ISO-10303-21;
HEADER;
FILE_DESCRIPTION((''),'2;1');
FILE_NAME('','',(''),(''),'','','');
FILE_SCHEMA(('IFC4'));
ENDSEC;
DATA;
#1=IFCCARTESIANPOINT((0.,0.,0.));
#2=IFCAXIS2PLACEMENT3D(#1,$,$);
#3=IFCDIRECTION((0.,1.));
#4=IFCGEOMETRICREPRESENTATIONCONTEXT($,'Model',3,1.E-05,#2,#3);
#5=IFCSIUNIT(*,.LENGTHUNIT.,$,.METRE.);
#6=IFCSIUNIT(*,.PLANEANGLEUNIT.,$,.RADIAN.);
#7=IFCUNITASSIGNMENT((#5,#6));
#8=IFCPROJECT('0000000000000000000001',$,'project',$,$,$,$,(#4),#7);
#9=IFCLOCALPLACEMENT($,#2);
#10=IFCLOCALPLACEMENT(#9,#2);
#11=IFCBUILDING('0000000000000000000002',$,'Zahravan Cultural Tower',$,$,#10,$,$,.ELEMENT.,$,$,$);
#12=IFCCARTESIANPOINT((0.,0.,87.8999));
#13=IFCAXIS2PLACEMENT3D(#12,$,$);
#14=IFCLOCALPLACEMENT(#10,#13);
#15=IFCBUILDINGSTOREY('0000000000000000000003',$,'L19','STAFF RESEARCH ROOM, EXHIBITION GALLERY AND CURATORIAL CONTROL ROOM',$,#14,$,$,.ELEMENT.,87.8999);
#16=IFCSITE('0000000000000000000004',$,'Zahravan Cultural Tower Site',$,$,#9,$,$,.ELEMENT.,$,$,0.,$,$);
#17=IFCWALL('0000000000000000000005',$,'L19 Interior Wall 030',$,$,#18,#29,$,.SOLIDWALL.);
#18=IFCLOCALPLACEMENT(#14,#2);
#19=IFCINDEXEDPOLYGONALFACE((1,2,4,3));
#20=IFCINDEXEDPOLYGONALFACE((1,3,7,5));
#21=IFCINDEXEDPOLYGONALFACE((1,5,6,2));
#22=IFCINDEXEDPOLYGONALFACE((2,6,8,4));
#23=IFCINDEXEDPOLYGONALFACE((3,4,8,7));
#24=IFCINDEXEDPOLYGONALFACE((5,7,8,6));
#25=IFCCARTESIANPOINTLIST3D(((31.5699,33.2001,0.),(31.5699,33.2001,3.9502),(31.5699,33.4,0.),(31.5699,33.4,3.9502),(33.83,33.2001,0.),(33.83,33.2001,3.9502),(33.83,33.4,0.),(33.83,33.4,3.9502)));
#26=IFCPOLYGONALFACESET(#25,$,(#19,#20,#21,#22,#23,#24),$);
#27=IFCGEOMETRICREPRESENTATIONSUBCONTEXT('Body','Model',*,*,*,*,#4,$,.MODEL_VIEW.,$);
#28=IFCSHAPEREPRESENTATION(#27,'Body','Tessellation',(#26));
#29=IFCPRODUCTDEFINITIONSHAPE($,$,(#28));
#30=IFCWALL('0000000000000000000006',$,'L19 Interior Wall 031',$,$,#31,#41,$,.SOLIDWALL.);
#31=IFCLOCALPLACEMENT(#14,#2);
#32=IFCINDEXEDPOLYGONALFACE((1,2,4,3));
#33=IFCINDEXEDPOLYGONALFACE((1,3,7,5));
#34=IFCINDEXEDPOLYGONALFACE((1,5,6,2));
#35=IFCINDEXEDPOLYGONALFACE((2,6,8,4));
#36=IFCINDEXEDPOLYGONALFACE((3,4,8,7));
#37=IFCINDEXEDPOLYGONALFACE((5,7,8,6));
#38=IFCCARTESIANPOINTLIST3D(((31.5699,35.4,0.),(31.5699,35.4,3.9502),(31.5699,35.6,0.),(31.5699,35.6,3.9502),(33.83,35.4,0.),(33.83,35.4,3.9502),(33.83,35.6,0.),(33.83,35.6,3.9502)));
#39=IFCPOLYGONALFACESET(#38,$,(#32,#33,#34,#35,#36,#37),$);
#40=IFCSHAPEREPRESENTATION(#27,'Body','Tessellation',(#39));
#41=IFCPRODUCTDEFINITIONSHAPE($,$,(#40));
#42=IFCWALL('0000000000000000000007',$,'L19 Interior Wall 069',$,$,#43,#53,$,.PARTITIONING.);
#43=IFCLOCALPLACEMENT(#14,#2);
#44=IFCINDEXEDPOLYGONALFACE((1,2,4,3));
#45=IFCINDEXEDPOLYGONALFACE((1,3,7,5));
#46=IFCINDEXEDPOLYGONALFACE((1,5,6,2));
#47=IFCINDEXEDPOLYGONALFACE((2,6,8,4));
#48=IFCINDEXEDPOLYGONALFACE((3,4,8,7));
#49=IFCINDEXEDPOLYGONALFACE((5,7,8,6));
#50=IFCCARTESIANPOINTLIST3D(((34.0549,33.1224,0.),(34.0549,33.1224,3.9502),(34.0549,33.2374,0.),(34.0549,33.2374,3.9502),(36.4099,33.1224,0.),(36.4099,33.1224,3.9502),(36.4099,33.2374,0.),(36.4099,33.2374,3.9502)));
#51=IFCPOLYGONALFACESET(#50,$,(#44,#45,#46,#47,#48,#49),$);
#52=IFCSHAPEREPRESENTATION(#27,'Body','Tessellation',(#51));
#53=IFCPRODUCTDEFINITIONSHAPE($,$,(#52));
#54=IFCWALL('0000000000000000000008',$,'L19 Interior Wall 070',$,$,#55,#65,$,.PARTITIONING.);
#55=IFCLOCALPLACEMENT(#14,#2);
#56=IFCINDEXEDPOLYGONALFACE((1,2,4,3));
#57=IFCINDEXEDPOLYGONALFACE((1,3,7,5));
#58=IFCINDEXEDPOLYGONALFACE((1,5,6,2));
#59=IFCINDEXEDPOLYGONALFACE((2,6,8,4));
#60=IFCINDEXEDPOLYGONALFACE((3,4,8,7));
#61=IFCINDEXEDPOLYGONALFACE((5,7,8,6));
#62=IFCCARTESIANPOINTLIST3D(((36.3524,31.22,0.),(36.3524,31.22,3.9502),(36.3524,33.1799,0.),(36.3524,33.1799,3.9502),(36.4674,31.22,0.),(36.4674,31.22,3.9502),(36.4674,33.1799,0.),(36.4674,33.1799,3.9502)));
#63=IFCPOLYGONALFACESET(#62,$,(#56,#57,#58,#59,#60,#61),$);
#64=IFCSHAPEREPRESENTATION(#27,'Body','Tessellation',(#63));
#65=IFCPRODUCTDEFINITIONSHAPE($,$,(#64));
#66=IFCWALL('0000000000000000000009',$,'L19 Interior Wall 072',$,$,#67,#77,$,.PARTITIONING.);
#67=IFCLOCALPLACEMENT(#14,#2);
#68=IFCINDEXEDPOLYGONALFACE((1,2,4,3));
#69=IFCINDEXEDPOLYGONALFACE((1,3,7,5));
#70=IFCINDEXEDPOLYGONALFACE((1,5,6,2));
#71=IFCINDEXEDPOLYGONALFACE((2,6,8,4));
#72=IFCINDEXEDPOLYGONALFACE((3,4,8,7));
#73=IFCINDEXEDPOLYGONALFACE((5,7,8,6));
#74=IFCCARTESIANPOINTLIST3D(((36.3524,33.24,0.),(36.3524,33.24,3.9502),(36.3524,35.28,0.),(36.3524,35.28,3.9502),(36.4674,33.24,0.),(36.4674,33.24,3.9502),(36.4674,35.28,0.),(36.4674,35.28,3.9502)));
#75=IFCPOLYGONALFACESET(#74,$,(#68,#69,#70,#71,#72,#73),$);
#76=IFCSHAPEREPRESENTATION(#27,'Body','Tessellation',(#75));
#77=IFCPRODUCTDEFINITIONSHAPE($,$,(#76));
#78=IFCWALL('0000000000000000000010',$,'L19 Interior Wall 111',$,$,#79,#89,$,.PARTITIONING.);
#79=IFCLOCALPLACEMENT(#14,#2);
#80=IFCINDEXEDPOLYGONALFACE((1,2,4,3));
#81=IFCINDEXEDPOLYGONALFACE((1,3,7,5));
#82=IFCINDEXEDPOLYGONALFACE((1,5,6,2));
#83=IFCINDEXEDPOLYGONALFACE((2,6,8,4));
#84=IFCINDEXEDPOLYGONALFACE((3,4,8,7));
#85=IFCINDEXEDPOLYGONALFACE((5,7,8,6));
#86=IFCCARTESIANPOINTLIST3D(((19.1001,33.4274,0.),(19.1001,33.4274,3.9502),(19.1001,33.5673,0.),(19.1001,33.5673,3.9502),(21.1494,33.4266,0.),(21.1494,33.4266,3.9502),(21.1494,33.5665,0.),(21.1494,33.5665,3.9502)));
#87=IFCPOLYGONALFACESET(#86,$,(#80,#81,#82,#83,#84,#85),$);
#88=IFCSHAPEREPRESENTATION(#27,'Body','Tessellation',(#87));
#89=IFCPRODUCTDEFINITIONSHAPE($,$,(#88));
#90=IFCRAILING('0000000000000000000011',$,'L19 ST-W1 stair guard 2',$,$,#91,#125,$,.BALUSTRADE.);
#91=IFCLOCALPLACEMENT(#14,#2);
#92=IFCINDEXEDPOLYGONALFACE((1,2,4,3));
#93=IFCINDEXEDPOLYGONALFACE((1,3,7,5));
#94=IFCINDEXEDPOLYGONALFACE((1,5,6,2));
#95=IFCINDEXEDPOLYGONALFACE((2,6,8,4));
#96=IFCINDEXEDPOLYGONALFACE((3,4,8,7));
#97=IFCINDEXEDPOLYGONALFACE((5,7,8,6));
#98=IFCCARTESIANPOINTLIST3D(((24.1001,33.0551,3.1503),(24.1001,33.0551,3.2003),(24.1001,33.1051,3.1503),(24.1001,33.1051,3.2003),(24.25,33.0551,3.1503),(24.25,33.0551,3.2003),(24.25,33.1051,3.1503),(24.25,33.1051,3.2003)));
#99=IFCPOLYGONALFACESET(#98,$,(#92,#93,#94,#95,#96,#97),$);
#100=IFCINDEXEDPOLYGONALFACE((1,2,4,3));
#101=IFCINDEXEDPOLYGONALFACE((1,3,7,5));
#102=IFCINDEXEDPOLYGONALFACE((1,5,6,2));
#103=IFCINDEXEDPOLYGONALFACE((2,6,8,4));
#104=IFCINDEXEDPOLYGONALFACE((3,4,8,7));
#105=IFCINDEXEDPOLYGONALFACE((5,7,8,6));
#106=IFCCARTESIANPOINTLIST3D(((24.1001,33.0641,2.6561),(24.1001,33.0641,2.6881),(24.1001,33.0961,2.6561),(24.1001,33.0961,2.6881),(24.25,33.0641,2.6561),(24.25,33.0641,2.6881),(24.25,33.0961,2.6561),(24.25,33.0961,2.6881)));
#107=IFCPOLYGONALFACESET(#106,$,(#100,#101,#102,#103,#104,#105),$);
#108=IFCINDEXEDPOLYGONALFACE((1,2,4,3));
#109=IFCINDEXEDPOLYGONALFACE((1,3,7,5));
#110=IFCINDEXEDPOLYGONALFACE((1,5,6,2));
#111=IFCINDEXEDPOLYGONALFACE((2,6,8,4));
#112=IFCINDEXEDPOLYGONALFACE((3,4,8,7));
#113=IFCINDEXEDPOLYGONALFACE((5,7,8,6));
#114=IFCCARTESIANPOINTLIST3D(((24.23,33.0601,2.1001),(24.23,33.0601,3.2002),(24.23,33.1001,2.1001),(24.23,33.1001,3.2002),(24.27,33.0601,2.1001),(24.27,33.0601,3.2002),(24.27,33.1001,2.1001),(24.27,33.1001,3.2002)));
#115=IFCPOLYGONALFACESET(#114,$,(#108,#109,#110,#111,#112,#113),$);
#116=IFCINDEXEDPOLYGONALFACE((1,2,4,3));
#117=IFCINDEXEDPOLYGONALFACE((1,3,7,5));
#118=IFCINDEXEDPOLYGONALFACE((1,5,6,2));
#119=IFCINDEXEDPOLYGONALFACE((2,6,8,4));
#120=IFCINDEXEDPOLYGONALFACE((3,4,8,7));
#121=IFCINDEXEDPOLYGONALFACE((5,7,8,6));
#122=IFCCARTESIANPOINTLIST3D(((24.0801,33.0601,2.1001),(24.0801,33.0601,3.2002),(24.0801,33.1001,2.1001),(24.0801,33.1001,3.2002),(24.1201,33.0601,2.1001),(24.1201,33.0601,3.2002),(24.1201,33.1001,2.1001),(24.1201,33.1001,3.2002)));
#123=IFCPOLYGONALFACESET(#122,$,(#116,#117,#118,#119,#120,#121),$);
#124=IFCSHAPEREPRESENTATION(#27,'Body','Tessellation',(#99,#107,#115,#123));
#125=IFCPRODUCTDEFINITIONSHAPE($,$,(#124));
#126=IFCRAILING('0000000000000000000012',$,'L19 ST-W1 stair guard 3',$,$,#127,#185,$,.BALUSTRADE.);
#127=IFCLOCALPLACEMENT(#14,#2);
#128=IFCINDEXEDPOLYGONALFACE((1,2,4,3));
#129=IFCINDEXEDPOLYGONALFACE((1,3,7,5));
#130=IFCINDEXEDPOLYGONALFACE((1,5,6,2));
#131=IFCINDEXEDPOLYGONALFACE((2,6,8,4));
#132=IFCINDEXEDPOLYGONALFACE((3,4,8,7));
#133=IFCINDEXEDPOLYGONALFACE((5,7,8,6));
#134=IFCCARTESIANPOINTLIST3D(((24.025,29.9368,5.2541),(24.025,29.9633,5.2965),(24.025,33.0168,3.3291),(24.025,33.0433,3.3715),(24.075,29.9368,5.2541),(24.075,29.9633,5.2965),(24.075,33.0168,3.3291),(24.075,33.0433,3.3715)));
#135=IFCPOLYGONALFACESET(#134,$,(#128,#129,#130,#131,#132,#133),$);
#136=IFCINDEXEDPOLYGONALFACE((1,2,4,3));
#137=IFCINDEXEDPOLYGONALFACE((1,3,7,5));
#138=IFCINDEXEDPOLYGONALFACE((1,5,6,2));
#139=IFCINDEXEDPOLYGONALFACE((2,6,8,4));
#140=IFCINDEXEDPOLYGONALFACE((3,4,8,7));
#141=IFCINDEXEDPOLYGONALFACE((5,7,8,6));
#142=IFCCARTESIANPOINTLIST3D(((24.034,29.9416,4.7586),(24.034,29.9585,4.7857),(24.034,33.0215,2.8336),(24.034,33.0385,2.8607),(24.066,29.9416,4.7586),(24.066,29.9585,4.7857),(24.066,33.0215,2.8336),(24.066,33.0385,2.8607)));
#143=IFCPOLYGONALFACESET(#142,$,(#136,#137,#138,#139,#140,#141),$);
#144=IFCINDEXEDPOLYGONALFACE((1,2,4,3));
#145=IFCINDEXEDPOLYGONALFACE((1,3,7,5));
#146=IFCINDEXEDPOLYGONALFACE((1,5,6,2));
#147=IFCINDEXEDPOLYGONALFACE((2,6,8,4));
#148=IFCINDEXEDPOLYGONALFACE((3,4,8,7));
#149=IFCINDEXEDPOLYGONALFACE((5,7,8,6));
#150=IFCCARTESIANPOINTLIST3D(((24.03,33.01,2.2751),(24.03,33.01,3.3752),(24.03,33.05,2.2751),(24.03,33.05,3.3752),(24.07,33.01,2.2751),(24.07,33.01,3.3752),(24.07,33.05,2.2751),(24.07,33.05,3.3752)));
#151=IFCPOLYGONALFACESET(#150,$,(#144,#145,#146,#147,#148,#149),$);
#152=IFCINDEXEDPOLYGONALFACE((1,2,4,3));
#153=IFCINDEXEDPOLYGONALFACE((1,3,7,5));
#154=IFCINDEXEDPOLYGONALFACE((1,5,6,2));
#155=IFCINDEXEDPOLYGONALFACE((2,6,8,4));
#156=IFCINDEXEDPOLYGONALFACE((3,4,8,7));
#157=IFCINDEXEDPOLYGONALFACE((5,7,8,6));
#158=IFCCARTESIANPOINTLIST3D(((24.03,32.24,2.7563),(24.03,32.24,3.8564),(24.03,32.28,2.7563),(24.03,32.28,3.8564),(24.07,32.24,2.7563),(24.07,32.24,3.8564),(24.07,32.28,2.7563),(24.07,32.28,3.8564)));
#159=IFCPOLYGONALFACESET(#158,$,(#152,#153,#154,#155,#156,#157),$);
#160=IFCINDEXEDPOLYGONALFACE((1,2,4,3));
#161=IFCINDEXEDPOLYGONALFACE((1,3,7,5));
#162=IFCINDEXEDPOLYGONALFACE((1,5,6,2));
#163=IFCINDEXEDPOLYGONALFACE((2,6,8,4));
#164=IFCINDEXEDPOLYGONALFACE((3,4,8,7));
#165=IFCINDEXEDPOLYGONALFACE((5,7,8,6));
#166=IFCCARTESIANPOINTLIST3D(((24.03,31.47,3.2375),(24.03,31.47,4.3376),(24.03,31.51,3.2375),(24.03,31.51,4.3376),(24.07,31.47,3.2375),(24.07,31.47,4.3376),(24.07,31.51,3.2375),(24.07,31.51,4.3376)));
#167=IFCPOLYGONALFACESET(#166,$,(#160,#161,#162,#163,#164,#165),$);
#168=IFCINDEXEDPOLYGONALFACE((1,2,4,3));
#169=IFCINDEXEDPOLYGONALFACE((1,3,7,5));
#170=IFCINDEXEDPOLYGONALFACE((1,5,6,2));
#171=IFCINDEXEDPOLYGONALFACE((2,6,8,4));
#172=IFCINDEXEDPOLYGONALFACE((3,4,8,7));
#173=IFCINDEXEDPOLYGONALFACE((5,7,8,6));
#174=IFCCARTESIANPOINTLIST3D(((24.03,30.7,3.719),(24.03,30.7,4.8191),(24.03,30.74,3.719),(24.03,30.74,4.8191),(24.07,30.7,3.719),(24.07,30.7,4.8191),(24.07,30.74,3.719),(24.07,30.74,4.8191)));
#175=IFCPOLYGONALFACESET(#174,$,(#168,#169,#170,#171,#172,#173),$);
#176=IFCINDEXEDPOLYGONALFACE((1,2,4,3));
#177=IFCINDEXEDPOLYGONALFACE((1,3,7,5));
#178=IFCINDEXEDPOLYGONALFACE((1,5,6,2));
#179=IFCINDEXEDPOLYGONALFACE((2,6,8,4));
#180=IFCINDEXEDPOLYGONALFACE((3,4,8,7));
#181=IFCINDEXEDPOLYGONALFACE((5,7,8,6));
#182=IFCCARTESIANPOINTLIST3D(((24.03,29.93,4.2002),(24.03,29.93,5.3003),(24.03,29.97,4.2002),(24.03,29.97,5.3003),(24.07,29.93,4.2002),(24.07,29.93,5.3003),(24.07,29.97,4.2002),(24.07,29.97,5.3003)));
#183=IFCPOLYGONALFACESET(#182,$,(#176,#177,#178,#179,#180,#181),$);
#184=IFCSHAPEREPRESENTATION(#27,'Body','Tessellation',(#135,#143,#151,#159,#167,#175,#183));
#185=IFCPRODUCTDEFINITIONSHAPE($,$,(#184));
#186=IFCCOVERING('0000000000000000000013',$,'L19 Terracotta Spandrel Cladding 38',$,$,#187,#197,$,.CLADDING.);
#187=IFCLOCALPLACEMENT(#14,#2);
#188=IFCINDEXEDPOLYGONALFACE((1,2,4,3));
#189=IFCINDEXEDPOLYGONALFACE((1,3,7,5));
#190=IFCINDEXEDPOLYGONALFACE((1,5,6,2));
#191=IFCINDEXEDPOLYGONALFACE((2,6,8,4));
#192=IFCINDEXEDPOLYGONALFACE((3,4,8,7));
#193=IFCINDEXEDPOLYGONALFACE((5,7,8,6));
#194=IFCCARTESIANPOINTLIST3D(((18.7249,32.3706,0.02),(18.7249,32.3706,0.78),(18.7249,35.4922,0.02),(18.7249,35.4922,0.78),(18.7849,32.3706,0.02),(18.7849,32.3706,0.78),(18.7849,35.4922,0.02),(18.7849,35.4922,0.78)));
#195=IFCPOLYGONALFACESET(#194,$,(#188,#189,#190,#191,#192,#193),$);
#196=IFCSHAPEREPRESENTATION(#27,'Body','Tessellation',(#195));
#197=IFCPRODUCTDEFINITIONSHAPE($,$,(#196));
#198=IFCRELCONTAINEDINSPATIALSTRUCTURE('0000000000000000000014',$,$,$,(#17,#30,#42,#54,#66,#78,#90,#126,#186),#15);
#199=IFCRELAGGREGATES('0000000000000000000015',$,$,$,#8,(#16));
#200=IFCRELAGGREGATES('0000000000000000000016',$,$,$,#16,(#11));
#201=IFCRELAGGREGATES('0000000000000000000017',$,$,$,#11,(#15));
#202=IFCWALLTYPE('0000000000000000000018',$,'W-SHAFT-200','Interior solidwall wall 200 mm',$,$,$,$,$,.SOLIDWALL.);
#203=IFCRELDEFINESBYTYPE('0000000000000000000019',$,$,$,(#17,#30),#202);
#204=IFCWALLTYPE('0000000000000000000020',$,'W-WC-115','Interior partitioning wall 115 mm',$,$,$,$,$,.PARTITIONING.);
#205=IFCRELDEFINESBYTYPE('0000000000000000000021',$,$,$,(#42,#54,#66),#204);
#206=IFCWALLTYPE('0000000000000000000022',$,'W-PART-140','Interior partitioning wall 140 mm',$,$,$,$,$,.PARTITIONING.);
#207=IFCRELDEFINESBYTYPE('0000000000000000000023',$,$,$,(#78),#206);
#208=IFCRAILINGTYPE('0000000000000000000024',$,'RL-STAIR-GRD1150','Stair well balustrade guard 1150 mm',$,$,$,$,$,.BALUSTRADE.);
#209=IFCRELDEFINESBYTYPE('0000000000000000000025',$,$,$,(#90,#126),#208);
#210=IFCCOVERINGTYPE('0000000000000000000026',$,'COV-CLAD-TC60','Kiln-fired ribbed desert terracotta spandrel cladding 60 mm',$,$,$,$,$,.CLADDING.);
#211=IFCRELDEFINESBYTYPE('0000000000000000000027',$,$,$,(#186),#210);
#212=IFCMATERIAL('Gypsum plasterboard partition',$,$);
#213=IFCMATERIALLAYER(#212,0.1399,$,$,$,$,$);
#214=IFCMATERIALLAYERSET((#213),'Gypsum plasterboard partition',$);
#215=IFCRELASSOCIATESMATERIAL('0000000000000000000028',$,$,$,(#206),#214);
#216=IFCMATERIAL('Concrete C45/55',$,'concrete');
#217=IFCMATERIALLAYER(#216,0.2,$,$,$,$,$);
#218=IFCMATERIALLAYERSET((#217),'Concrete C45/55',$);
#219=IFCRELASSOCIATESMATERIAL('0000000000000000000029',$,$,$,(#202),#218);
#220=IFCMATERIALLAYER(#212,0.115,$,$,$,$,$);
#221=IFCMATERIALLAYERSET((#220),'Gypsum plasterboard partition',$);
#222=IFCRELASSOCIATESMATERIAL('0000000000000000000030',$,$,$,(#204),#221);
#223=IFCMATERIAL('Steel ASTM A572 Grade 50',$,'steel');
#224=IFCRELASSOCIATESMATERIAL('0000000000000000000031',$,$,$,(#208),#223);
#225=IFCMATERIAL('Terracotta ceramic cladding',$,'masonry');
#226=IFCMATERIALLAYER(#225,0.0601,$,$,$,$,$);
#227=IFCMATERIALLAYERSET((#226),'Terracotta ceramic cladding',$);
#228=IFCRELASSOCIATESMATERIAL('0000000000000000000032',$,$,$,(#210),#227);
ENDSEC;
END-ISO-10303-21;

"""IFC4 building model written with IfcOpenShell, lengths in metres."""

from ifc_helpers import new_model, si_unit, direction, frame, frame_2d, origin, origin_2d, place, context, subcontext, project, spatial, rectangle, extrude, source, transform, mapped, material, layer, layer_set, type_object, element, save


model = new_model("IFC4")

# Units and contexts
model_context = context("Model", 3, precision=1e-05, world=origin(), true_north=direction((0.0, 1.0)))
body_context = subcontext(model_context, "Body", "Model", "MODEL_VIEW")
ifc_project = project(units=[si_unit("LENGTHUNIT", "METRE"), si_unit("PLANEANGLEUNIT", "RADIAN")], contexts=[model_context])

# Site, building, storey
site_placement = place(None, origin())
site = spatial("IfcSite", under=ifc_project, at=site_placement, Name="Zahravan Cultural Tower Site", CompositionType="ELEMENT", RefElevation=0.0)
building_placement = place(site_placement, origin())
building = spatial("IfcBuilding", under=site, at=building_placement, Name="Zahravan Cultural Tower", CompositionType="ELEMENT")
storey_placement = place(building_placement, frame((0.0, 0.0, 87.8999)))
storey = spatial("IfcBuildingStorey", under=building, at=storey_placement, Name="L19", Description="STAFF RESEARCH ROOM, EXHIBITION GALLERY AND CURATORIAL CONTROL ROOM", CompositionType="ELEMENT", Elevation=87.8999)

# Shared definitions
ifc_material_1 = material(Name="Gypsum plasterboard partition")
ifc_layer_1 = layer(ifc_material_1, 0.1399)
ifc_layer_set_1 = layer_set([ifc_layer_1], Name="Gypsum plasterboard partition")
wall_type_1 = type_object("IfcWallType", Name="W-PART-140", Description="Interior partitioning wall 140 mm", PredefinedType="PARTITIONING", material=ifc_layer_set_1)
ifc_material_2 = material(Name="Concrete C45/55", Category="concrete")
ifc_layer_2 = layer(ifc_material_2, 0.2)
ifc_layer_set_2 = layer_set([ifc_layer_2], Name="Concrete C45/55")
wall_type_2 = type_object("IfcWallType", Name="W-SHAFT-200", Description="Interior solidwall wall 200 mm", PredefinedType="SOLIDWALL", material=ifc_layer_set_2)
ifc_material_3 = material(Name="Steel ASTM A572 Grade 50", Category="steel")
ifc_layer_3 = layer(ifc_material_1, 0.115)
ifc_layer_set_3 = layer_set([ifc_layer_3], Name="Gypsum plasterboard partition")
wall_type_3 = type_object("IfcWallType", Name="W-WC-115", Description="Interior partitioning wall 115 mm", PredefinedType="PARTITIONING", material=ifc_layer_set_3)

# Walls
shared_shape_1 = source(origin(), body_context, "Body", "SweptSolid", [
    extrude(rectangle(XDim=2.26, YDim=0.2, at=frame_2d((1.1299, 0.0))), origin(), (0.0, 0.0, 1.0), 3.9502),
])
for number, where, z_axis, x_axis, name in (
    (1, (31.5701, 33.3, 0.0), (0.0, 0.0, 1.0), (1.0, 0.0, 0.0), "L19 Interior Wall 030"),
    (2, (31.5701, 35.5, 0.0), (0.0, 0.0, 1.0), (1.0, 0.0, 0.0), "L19 Interior Wall 031"),
):
    element("IfcWall", number, at=place(storey_placement, frame(where, z_axis=z_axis, x_axis=x_axis)), inside=storey, type_object=wall_type_2, Name=name, PredefinedType="SOLIDWALL", context=body_context, shape_type="MappedRepresentation", body=[
        mapped(shared_shape_1, transform((0.0, 0.0, 0.0), x_axis=(1.0, 0.0, 0.0), y_axis=(0.0, 1.0, 0.0), z_axis=(0.0, 0.0, 1.0), scale=1.0)),
    ])
shared_shape_2 = source(origin(), body_context, "Body", "SweptSolid", [
    extrude(rectangle(XDim=2.355, YDim=0.115, at=frame_2d((1.1775, 0.0))), origin(), (0.0, 0.0, 1.0), 3.9502),
])
wall_1_placement = place(storey_placement, frame((34.0549, 33.1799, 0.0), z_axis=(0.0, 0.0, 1.0), x_axis=(1.0, 0.0, 0.0)))
element("IfcWall", 3, at=wall_1_placement, inside=storey, type_object=wall_type_3, Name="L19 Interior Wall 069", PredefinedType="PARTITIONING", context=body_context, shape_type="MappedRepresentation", body=[
    mapped(shared_shape_2, transform((0.0, 0.0, 0.0), x_axis=(1.0, 0.0, 0.0), y_axis=(0.0, 1.0, 0.0), z_axis=(0.0, 0.0, 1.0), scale=1.0)),
])
shared_shape_3 = source(origin(), body_context, "Body", "SweptSolid", [
    extrude(rectangle(XDim=1.96, YDim=0.115, at=frame_2d((0.98, 0.0))), origin(), (0.0, 0.0, 1.0), 3.9502),
])
wall_2_placement = place(storey_placement, frame((36.4099, 33.1799, 0.0), z_axis=(0.0, 0.0, 1.0), x_axis=(0.0, -1.0, 0.0)))
element("IfcWall", 4, at=wall_2_placement, inside=storey, type_object=wall_type_3, Name="L19 Interior Wall 070", PredefinedType="PARTITIONING", context=body_context, shape_type="MappedRepresentation", body=[
    mapped(shared_shape_3, transform((0.0, 0.0, 0.0), x_axis=(1.0, 0.0, 0.0), y_axis=(0.0, 1.0, 0.0), z_axis=(0.0, 0.0, 1.0), scale=1.0)),
])
shared_shape_4 = source(origin(), body_context, "Body", "SweptSolid", [
    extrude(rectangle(XDim=2.04, YDim=0.115, at=frame_2d((1.02, 0.0))), origin(), (0.0, 0.0, 1.0), 3.9502),
])
wall_3_placement = place(storey_placement, frame((36.4099, 35.28, 0.0), z_axis=(0.0, 0.0, 1.0), x_axis=(0.0, -1.0, 0.0)))
element("IfcWall", 5, at=wall_3_placement, inside=storey, type_object=wall_type_3, Name="L19 Interior Wall 072", PredefinedType="PARTITIONING", context=body_context, shape_type="MappedRepresentation", body=[
    mapped(shared_shape_4, transform((0.0, 0.0, 0.0), x_axis=(1.0, 0.0, 0.0), y_axis=(0.0, 1.0, 0.0), z_axis=(0.0, 0.0, 1.0), scale=1.0)),
])
shared_shape_5 = source(origin(), body_context, "Body", "SweptSolid", [
    extrude(rectangle(XDim=2.0493, YDim=0.1399, at=frame_2d((1.0247, 0.0))), origin(), (0.0, 0.0, 1.0), 3.9502),
])
wall_4_placement = place(storey_placement, frame((21.1494, 33.4966, 0.0), z_axis=(0.0, 0.0, 1.0), x_axis=(-1.0, 0.000357, 0.0)))
element("IfcWall", 6, at=wall_4_placement, inside=storey, type_object=wall_type_1, Name="L19 Interior Wall 111", PredefinedType="PARTITIONING", context=body_context, shape_type="MappedRepresentation", body=[
    mapped(shared_shape_5, transform((0.0, 0.0, 0.0), x_axis=(1.0, 0.0, 0.0), y_axis=(0.0, 1.0, 0.0), z_axis=(0.0, 0.0, 1.0), scale=1.0)),
])

# Railings
railing_type = type_object("IfcRailingType", Name="RL-STAIR-GRD1150", Description="Stair well balustrade guard 1150 mm", PredefinedType="BALUSTRADE", material=ifc_material_3)
railing_1_placement = place(storey_placement, frame((24.25, 33.0801, 2.1001)))
element("IfcRailing", 7, at=railing_1_placement, inside=storey, type_object=railing_type, Name="L19 ST-W1 stair guard 2", PredefinedType="BALUSTRADE", context=body_context, shape_type="SweptSolid", body=[
    extrude(rectangle(XDim=0.05, YDim=0.05, at=origin_2d()), frame((0.0, 0.0, 1.0752), z_axis=(-1.0, 0.0, 0.0), x_axis=(0.0, -1.0, 0.0)), (0.0, 0.0, 1.0), 0.1499),
    extrude(rectangle(XDim=0.032, YDim=0.032, at=origin_2d()), frame((0.0, 0.0, 0.572), z_axis=(-1.0, 0.0, 0.0), x_axis=(0.0, -1.0, 0.0)), (0.0, 0.0, 1.0), 0.1499),
    extrude(rectangle(XDim=0.04, YDim=0.04, at=origin_2d()), origin(), (0.0, 0.0, 1.0), 1.1001),
    extrude(rectangle(XDim=0.04, YDim=0.04, at=origin_2d()), frame((-0.1499, 0.0, 0.0)), (0.0, 0.0, 1.0), 1.1001),
])
railing_2_placement = place(storey_placement, frame((24.05, 33.03, 2.2751)))
element("IfcRailing", 8, at=railing_2_placement, inside=storey, type_object=railing_type, Name="L19 ST-W1 stair guard 3", PredefinedType="BALUSTRADE", context=body_context, shape_type="SweptSolid", body=[
    extrude(rectangle(XDim=0.05, YDim=0.05, at=origin_2d()), frame((0.0, 0.0, 1.0752), z_axis=(0.0, -0.847998, 0.529999), x_axis=(1.0, 0.0, 0.0)), (0.0, 0.0, 1.0), 3.6321),
    extrude(rectangle(XDim=0.032, YDim=0.032, at=origin_2d()), frame((0.0, 0.0, 0.572), z_axis=(0.0, -0.847998, 0.529999), x_axis=(1.0, 0.0, 0.0)), (0.0, 0.0, 1.0), 3.6321),
    extrude(rectangle(XDim=0.04, YDim=0.04, at=origin_2d()), origin(), (0.0, 0.0, 1.0), 1.1001),
    extrude(rectangle(XDim=0.04, YDim=0.04, at=origin_2d()), frame((0.0, -0.77, 0.4812)), (0.0, 0.0, 1.0), 1.1001),
    extrude(rectangle(XDim=0.04, YDim=0.04, at=origin_2d()), frame((0.0, -1.54, 0.9624)), (0.0, 0.0, 1.0), 1.1001),
    extrude(rectangle(XDim=0.04, YDim=0.04, at=origin_2d()), frame((0.0, -2.3101, 1.4438)), (0.0, 0.0, 1.0), 1.1001),
    extrude(rectangle(XDim=0.04, YDim=0.04, at=origin_2d()), frame((0.0, -3.0801, 1.925)), (0.0, 0.0, 1.0), 1.1001),
])

# Covering
ifc_material_4 = material(Name="Terracotta ceramic cladding", Category="masonry")
ifc_layer_4 = layer(ifc_material_4, 0.0601)
ifc_layer_set_4 = layer_set([ifc_layer_4], Name="Terracotta ceramic cladding")
covering_type = type_object("IfcCoveringType", Name="COV-CLAD-TC60", Description="Kiln-fired ribbed desert terracotta spandrel cladding 60 mm", PredefinedType="CLADDING", material=ifc_layer_set_4)
shared_shape_6 = source(origin(), body_context, "Body", "SweptSolid", [
    extrude(rectangle(XDim=3.1216, YDim=0.0601, at=origin_2d()), origin(), (0.0, 0.0, 1.0), 0.76),
])
covering_placement = place(storey_placement, frame((18.7549, 33.9314, 0.02), z_axis=(0.0, 0.0, 1.0), x_axis=(0.0, 1.0, 0.0)))
element("IfcCovering", 9, at=covering_placement, inside=storey, type_object=covering_type, Name="L19 Terracotta Spandrel Cladding 38", PredefinedType="CLADDING", context=body_context, shape_type="MappedRepresentation", body=[
    mapped(shared_shape_6, transform((0.0, 0.0, 0.0), x_axis=(1.0, 0.0, 0.0), y_axis=(0.0, 1.0, 0.0), z_axis=(0.0, 0.0, 1.0), scale=1.0)),
])

save(model, "model.ifc")
